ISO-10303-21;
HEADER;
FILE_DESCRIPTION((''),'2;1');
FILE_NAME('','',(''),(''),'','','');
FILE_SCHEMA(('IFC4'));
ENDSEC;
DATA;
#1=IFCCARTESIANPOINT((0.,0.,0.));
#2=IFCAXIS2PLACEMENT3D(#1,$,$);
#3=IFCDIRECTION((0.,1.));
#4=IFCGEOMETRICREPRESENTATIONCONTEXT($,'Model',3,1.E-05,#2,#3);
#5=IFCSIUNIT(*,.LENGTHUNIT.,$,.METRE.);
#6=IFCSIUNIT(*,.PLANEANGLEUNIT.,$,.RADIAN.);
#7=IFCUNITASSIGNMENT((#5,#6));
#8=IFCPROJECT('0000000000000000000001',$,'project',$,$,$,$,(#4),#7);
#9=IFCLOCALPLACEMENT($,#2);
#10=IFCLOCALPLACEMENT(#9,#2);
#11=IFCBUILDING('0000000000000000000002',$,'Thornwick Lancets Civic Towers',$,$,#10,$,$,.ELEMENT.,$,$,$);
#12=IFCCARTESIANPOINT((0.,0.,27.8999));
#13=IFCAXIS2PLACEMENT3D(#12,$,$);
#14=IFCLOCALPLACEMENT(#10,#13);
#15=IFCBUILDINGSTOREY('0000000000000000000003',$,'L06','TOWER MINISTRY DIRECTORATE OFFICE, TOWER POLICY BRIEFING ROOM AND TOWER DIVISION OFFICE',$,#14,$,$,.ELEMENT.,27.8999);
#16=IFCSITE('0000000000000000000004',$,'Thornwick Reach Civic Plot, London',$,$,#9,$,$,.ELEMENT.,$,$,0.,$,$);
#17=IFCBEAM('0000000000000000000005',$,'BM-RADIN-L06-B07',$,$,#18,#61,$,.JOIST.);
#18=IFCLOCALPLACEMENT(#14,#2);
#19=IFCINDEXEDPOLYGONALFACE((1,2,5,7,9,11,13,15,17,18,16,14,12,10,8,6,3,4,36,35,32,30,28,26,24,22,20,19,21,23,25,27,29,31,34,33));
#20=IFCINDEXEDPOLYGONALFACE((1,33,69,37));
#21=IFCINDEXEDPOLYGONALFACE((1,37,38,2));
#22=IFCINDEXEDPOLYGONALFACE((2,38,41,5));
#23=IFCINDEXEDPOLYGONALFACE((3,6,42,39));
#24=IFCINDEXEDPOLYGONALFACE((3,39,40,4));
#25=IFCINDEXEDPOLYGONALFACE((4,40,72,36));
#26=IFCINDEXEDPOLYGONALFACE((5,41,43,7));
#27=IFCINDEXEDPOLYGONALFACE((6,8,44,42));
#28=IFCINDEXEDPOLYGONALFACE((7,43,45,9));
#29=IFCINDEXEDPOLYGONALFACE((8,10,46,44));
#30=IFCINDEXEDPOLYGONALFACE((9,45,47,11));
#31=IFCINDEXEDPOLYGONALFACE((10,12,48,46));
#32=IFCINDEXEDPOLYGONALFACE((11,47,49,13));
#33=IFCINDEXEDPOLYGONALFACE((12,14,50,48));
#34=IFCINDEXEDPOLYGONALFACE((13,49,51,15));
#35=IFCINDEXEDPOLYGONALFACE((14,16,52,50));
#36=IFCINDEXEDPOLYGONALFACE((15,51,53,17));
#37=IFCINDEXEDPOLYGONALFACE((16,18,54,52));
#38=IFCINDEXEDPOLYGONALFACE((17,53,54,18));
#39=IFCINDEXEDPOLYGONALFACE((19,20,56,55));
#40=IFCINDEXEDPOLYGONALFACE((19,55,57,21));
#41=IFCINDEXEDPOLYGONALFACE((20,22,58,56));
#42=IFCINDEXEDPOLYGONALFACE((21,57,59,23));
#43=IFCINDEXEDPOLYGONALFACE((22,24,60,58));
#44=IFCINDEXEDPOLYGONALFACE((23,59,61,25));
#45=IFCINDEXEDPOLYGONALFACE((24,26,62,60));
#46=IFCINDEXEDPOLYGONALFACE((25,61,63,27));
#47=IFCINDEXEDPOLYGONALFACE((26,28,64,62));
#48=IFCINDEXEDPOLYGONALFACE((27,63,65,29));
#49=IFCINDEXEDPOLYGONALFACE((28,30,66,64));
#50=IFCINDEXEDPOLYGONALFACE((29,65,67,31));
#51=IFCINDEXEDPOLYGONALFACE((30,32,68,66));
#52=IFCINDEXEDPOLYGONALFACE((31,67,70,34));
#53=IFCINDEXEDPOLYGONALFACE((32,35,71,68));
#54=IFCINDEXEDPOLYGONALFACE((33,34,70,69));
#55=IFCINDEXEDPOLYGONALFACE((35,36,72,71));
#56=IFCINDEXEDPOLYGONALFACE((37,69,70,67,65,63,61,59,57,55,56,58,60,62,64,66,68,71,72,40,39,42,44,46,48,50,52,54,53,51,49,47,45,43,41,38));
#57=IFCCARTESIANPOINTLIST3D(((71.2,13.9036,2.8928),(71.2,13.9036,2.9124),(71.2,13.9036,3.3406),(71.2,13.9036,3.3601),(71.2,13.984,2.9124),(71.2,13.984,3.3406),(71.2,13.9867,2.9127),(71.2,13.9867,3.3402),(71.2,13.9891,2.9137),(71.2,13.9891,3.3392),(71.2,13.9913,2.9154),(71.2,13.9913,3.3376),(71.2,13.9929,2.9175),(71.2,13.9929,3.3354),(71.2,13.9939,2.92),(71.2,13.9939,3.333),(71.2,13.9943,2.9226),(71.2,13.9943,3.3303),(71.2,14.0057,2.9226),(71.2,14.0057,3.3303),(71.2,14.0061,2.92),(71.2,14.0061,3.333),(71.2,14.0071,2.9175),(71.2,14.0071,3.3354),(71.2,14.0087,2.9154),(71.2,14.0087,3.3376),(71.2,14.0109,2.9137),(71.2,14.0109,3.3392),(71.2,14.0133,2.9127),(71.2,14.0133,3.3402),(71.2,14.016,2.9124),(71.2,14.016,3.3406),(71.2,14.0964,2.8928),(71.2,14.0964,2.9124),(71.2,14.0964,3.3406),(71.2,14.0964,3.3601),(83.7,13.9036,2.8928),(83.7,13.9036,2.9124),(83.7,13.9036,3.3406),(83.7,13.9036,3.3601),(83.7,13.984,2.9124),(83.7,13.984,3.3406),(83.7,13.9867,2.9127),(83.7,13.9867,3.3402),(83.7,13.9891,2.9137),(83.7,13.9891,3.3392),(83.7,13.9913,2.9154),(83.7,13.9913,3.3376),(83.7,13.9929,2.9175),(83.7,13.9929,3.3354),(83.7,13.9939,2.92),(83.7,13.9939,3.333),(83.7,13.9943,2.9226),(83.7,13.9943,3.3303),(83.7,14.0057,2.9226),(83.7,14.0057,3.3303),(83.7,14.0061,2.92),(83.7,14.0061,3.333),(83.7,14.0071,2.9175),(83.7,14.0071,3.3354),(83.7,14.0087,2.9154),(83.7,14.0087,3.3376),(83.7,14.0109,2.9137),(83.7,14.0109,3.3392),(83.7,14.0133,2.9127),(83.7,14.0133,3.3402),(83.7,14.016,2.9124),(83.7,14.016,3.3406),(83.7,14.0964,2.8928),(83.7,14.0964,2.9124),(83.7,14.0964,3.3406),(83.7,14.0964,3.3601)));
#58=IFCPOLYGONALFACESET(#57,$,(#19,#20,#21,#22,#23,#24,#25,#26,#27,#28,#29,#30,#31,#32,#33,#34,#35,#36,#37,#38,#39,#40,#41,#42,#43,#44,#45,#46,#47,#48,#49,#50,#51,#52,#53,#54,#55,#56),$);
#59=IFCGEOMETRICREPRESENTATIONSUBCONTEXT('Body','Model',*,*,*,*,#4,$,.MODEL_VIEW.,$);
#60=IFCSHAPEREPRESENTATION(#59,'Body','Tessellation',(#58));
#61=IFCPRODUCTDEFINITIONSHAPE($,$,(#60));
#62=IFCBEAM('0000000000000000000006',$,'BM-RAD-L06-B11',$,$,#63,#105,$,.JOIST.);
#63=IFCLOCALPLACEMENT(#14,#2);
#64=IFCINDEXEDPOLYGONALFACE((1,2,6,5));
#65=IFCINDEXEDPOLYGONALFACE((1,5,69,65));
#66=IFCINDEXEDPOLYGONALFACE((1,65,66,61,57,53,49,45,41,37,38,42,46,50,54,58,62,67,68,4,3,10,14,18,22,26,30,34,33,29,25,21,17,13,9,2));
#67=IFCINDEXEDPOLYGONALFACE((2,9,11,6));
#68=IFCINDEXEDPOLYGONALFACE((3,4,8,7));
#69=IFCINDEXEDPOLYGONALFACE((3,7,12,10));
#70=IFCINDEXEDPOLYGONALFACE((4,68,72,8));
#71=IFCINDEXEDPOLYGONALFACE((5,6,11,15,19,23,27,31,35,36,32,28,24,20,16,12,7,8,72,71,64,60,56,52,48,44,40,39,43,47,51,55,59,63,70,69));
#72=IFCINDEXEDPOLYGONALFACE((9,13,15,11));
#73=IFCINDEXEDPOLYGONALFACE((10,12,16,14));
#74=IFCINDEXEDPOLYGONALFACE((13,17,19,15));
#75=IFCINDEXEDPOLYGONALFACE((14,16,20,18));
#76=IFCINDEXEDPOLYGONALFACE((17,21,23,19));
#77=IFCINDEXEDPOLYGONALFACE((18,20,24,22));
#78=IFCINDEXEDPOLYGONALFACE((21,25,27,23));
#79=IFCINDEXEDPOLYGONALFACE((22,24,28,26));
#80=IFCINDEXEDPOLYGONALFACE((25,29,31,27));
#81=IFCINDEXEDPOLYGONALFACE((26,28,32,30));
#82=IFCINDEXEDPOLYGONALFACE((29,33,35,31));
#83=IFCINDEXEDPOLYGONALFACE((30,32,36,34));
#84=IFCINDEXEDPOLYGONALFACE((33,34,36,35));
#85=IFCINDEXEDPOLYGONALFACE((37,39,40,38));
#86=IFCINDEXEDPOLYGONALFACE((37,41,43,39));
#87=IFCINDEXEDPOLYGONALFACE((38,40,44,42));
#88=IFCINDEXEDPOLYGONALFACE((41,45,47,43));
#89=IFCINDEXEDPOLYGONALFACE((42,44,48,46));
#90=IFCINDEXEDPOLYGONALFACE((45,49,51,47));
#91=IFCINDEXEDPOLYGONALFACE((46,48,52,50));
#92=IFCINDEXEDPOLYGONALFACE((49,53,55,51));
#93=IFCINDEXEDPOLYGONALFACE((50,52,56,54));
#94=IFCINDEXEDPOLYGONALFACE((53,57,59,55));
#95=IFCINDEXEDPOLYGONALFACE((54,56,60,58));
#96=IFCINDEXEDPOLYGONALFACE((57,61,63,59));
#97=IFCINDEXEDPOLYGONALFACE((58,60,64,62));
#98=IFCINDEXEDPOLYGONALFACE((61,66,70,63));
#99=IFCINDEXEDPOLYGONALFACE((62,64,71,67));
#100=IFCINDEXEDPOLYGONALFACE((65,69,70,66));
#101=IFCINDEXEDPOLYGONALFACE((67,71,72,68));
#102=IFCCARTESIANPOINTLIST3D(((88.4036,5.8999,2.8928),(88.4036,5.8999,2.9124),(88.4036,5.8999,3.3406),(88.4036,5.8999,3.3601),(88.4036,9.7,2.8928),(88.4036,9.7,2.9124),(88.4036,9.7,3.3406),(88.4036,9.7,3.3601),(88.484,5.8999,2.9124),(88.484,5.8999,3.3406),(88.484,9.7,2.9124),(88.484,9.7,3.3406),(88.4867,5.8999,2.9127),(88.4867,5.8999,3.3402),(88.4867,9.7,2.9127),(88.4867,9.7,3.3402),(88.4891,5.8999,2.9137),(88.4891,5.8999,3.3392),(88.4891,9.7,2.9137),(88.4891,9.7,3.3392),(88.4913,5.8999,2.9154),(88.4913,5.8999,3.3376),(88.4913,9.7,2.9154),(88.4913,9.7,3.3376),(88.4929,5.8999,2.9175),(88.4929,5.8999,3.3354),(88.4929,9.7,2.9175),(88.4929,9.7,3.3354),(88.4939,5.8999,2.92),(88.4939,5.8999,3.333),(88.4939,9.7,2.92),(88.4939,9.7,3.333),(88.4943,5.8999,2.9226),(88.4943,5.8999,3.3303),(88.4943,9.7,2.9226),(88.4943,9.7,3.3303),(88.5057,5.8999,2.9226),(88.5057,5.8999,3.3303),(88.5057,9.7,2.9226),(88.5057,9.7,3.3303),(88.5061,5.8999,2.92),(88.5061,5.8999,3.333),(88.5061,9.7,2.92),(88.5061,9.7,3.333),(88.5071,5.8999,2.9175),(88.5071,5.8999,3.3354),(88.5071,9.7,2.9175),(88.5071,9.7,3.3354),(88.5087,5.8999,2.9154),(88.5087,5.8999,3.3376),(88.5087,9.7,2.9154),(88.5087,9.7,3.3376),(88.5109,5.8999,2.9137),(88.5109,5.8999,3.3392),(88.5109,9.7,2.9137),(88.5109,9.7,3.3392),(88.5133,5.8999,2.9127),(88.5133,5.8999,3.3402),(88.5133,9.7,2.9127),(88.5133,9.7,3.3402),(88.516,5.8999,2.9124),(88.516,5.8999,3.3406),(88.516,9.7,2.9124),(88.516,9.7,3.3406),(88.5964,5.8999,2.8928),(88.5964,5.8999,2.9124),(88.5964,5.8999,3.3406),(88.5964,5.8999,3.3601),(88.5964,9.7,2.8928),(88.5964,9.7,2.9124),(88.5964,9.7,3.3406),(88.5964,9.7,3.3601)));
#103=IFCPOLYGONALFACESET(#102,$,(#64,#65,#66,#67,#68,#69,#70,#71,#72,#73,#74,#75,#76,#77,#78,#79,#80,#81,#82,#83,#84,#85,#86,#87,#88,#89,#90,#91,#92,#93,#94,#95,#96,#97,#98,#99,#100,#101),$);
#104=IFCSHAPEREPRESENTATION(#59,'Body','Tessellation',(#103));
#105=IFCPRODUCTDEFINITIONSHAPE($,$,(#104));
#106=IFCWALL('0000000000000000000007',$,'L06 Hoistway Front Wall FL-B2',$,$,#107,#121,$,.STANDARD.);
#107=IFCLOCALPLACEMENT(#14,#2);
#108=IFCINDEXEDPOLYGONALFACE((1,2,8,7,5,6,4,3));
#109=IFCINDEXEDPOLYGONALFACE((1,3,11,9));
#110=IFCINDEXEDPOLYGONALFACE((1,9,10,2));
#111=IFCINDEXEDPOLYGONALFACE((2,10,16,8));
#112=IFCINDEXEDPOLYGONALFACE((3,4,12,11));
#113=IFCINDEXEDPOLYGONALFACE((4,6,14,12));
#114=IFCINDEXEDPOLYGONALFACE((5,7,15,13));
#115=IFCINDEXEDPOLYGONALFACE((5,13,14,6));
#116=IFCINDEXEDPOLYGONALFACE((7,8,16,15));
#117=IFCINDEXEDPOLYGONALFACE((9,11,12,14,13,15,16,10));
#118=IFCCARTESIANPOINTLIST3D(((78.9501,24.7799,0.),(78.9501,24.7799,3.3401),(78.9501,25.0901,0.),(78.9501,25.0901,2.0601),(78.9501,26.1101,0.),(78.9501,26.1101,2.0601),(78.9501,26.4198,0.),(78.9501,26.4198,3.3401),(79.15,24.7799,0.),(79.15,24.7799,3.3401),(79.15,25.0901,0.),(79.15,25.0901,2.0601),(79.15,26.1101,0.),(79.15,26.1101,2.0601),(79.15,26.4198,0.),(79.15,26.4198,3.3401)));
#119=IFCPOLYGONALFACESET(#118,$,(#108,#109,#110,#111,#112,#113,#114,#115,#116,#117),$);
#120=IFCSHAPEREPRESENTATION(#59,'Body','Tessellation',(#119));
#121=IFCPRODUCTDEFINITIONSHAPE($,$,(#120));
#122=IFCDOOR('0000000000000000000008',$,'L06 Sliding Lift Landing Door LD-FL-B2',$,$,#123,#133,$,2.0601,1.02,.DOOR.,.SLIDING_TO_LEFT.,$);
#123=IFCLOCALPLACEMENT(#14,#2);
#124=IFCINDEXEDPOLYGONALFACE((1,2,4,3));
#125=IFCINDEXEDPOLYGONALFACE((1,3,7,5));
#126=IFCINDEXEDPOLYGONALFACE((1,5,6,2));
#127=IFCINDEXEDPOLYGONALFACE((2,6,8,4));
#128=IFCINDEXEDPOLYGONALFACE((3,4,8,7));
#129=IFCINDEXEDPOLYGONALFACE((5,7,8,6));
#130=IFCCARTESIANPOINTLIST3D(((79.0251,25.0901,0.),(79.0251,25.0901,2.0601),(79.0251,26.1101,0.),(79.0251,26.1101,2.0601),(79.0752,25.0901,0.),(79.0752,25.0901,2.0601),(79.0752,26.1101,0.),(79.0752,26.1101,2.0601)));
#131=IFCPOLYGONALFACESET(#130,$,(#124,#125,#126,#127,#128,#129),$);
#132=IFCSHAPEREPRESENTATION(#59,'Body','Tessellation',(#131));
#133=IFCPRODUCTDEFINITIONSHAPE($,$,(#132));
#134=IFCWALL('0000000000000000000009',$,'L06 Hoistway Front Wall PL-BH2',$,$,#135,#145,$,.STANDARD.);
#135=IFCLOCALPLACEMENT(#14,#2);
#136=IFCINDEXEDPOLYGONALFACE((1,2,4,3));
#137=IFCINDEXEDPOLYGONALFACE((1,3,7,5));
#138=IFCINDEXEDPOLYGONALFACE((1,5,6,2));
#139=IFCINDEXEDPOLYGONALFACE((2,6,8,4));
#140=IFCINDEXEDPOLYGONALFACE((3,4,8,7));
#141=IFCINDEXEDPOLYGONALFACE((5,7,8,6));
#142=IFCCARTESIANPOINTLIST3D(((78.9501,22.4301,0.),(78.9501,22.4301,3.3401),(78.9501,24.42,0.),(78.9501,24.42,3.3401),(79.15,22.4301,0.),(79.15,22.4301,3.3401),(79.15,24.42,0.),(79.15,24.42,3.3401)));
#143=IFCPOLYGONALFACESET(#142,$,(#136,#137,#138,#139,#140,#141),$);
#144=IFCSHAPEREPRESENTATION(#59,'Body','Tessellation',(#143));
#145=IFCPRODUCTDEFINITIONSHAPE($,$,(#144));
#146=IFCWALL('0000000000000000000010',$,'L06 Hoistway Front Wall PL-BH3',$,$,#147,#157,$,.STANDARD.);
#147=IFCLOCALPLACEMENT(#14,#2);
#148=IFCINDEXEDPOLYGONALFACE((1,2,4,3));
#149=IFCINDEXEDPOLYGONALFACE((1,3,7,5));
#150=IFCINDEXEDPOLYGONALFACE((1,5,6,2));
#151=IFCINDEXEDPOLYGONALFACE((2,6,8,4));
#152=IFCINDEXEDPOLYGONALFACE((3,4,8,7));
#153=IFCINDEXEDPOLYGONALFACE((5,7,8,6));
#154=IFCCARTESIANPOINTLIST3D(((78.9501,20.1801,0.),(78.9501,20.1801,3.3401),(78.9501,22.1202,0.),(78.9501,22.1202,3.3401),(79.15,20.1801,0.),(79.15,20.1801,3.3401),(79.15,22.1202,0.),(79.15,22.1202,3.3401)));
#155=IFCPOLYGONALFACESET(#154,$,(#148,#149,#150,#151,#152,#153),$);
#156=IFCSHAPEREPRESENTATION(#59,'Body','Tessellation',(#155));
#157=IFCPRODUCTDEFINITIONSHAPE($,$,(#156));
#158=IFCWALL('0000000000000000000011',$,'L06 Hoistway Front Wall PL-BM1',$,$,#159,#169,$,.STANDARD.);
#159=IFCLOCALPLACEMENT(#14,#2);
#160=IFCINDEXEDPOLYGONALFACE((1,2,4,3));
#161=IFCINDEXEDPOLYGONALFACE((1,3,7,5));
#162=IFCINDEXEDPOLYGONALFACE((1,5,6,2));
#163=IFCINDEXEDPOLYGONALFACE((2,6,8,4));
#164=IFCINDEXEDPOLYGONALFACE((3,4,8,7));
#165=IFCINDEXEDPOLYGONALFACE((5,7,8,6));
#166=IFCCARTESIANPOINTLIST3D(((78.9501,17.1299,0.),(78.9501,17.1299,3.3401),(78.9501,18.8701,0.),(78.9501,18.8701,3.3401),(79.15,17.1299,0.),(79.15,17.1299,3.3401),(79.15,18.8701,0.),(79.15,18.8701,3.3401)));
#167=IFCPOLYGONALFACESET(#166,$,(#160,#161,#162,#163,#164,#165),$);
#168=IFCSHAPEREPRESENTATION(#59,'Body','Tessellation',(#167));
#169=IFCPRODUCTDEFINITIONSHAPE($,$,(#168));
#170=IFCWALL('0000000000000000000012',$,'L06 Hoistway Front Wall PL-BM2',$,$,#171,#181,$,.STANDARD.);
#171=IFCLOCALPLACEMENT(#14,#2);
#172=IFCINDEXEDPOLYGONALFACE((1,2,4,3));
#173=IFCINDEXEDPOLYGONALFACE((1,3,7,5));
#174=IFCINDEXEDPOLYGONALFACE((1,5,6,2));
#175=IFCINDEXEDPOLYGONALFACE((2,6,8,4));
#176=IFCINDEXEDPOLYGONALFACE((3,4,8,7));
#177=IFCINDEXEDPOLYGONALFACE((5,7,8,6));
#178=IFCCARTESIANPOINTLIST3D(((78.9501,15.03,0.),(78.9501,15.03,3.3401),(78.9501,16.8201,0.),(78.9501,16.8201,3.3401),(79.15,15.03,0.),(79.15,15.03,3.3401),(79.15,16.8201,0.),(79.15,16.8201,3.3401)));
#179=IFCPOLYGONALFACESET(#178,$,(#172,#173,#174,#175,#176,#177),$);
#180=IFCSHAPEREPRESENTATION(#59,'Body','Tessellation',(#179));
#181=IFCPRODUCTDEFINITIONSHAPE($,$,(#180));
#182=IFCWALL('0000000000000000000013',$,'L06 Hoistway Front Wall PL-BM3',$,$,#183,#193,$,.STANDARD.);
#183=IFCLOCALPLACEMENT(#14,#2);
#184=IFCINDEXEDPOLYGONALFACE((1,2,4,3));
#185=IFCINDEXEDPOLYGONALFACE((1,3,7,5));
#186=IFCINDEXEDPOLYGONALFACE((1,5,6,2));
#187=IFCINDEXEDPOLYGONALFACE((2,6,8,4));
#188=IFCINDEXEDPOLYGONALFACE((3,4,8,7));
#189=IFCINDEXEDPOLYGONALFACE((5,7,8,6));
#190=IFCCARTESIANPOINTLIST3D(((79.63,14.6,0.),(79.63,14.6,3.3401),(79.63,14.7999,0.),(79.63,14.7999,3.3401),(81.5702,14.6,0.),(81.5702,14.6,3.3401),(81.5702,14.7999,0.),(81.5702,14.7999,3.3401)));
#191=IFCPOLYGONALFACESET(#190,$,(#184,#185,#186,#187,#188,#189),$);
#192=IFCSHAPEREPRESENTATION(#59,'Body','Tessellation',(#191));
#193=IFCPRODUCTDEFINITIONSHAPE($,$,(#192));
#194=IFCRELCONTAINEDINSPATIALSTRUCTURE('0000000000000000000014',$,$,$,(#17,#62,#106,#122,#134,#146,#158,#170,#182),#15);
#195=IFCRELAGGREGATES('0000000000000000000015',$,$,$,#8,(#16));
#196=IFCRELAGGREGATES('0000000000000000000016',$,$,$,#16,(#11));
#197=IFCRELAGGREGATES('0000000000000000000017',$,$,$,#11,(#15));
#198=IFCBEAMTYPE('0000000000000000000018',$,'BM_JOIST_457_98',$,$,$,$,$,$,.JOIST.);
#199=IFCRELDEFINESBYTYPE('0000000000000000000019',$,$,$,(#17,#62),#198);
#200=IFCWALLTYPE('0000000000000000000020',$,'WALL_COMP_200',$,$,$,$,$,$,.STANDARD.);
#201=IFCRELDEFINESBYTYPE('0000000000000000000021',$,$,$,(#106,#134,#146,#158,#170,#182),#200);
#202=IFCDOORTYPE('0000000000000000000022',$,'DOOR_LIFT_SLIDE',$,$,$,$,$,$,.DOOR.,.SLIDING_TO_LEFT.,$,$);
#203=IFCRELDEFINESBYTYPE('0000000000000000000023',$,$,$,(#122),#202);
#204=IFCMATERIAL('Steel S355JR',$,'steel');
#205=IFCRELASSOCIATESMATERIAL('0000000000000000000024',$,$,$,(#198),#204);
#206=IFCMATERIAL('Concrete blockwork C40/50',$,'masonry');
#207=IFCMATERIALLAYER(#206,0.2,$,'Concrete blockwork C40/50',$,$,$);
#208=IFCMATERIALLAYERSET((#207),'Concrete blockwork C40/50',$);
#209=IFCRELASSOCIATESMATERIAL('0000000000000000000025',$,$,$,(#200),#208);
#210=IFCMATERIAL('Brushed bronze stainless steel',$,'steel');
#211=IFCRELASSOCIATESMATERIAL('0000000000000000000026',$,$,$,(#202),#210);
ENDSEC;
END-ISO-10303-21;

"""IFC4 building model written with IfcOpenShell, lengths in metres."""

from ifc_helpers import new_model, si_unit, direction, frame, frame_2d, origin, origin_2d, place, context, subcontext, project, spatial, rectangle, i_section, extrude, material, layer, layer_set, material_profile, profile_set, type_object, element, fill, save


model = new_model("IFC4")

# Units and contexts
model_context = context("Model", 3, precision=1e-05, world=origin(), true_north=direction((0.0, 1.0)))
body_context = subcontext(model_context, "Body", "Model", "MODEL_VIEW")
ifc_project = project(units=[si_unit("LENGTHUNIT", "METRE"), si_unit("PLANEANGLEUNIT", "RADIAN")], contexts=[model_context])

# Site, building, storey
site_placement = place(None, origin())
site = spatial("IfcSite", under=ifc_project, at=site_placement, Name="Thornwick Reach Civic Plot, London", CompositionType="ELEMENT", RefElevation=0.0)
building_placement = place(site_placement, origin())
building = spatial("IfcBuilding", under=site, at=building_placement, Name="Thornwick Lancets Civic Towers", CompositionType="ELEMENT")
storey_placement = place(building_placement, frame((0.0, 0.0, 27.8999)))
storey = spatial("IfcBuildingStorey", under=building, at=storey_placement, Name="L06", Description="TOWER MINISTRY DIRECTORATE OFFICE, TOWER POLICY BRIEFING ROOM AND TOWER DIVISION OFFICE", CompositionType="ELEMENT", Elevation=27.8999)

# Beams
ifc_material_1 = material(Name="Steel S355JR", Category="steel")
ifc_material_profile_1 = material_profile(ifc_material_1, i_section(OverallWidth=0.1929, OverallDepth=0.4673, WebThickness=0.0115, FlangeThickness=0.0195, FilletRadius=0.0103, at=origin_2d()), Name="UKB 457x191x98")
ifc_profile_set_1 = profile_set([ifc_material_profile_1], Name="Steel S355JR")
beam_type_1 = type_object("IfcBeamType", Name="BM_JOIST_457_98", PredefinedType="JOIST", material=ifc_profile_set_1)
beam_1_placement = place(storey_placement, frame((83.7, 14.0, 3.1265), z_axis=(-1.0, 0.0, 0.0), x_axis=(0.0, -1.0, 0.0)))
element("IfcBeam", 1, at=beam_1_placement, inside=storey, type_object=beam_type_1, Name="BM-RADIN-L06-B07", PredefinedType="JOIST", context=body_context, shape_type="SweptSolid", body=[
    extrude(i_section(OverallWidth=0.1929, OverallDepth=0.4673, WebThickness=0.0115, FlangeThickness=0.0195, FilletRadius=0.0103, at=origin_2d()), origin(), (0.0, 0.0, 1.0), 12.5),
])
beam_2_placement = place(storey_placement, frame((88.5, 9.7, 3.1265), z_axis=(0.0, -1.0, 0.0), x_axis=(1.0, 0.0, 0.0)))
element("IfcBeam", 2, at=beam_2_placement, inside=storey, type_object=beam_type_1, Name="BM-RAD-L06-B11", PredefinedType="JOIST", context=body_context, shape_type="SweptSolid", body=[
    extrude(i_section(OverallWidth=0.1929, OverallDepth=0.4673, WebThickness=0.0115, FlangeThickness=0.0195, FilletRadius=0.0103, at=origin_2d()), origin(), (0.0, 0.0, 1.0), 3.8),
])

# Wall, opening, door
ifc_material_2 = material(Name="Concrete blockwork C40/50", Category="masonry")
ifc_layer_1 = layer(ifc_material_2, 0.2, Name="Concrete blockwork C40/50")
ifc_layer_set_1 = layer_set([ifc_layer_1], Name="Concrete blockwork C40/50")
wall_type_1 = type_object("IfcWallType", Name="WALL_COMP_200", PredefinedType="STANDARD", material=ifc_layer_set_1)
wall_1_placement = place(storey_placement, frame((79.05, 24.78, 0.0), z_axis=(0.0, 0.0, 1.0), x_axis=(0.0, 1.0, 0.0)))
wall_1 = element("IfcWall", 3, at=wall_1_placement, inside=storey, type_object=wall_type_1, Name="L06 Hoistway Front Wall FL-B2", PredefinedType="STANDARD", context=body_context, shape_type="SweptSolid", body=[
    extrude(rectangle(XDim=1.6399, YDim=0.2, at=frame_2d((0.8198, 0.0))), origin(), (0.0, 0.0, 1.0), 3.3401),
])
opening_1_placement = place(wall_1_placement, frame((0.3101, 0.0, 0.0)))
opening_1 = element("IfcOpeningElement", 4, at=opening_1_placement, cuts=wall_1, PredefinedType="OPENING", context=body_context, shape_type="SweptSolid", body=[
    extrude(rectangle(XDim=1.02, YDim=2.0601, at=frame_2d((0.51, 1.03))), frame((0.0, 0.1099, 0.0), z_axis=(0.0, -1.0, 0.0), x_axis=(1.0, 0.0, 0.0)), (0.0, 0.0, 1.0), 0.22),
])
ifc_material_3 = material(Name="Brushed bronze stainless steel", Category="steel")
door_type_1 = type_object("IfcDoorType", Name="DOOR_LIFT_SLIDE", OperationType="SLIDING_TO_LEFT", PredefinedType="DOOR", material=ifc_material_3)
door_1_placement = place(opening_1_placement, origin())
door_1 = element("IfcDoor", 5, at=door_1_placement, inside=storey, type_object=door_type_1, Name="L06 Sliding Lift Landing Door LD-FL-B2", OperationType="SLIDING_TO_LEFT", OverallHeight=2.0601, OverallWidth=1.02, PredefinedType="DOOR", context=body_context, shape_type="SweptSolid", body=[
    extrude(rectangle(XDim=1.02, YDim=2.0601, at=frame_2d((0.51, 1.03))), frame((0.0, 0.0249, 0.0), z_axis=(0.0, -1.0, 0.0), x_axis=(1.0, 0.0, 0.0)), (0.0, 0.0, 1.0), 0.05),
])
fill(opening_1, door_1)

# Walls
wall_2_placement = place(storey_placement, frame((79.05, 22.4299, 0.0), z_axis=(0.0, 0.0, 1.0), x_axis=(0.0, 1.0, 0.0)))
element("IfcWall", 6, at=wall_2_placement, inside=storey, type_object=wall_type_1, Name="L06 Hoistway Front Wall PL-BH2", PredefinedType="STANDARD", context=body_context, shape_type="SweptSolid", body=[
    extrude(rectangle(XDim=1.99, YDim=0.2, at=frame_2d((0.9951, 0.0))), origin(), (0.0, 0.0, 1.0), 3.3401),
])
wall_3_placement = place(storey_placement, frame((79.05, 20.1799, 0.0), z_axis=(0.0, 0.0, 1.0), x_axis=(0.0, 1.0, 0.0)))
element("IfcWall", 7, at=wall_3_placement, inside=storey, type_object=wall_type_1, Name="L06 Hoistway Front Wall PL-BH3", PredefinedType="STANDARD", context=body_context, shape_type="SweptSolid", body=[
    extrude(rectangle(XDim=1.9402, YDim=0.2, at=frame_2d((0.9702, 0.0))), origin(), (0.0, 0.0, 1.0), 3.3401),
])
wall_4_placement = place(storey_placement, frame((79.05, 17.1299, 0.0), z_axis=(0.0, 0.0, 1.0), x_axis=(0.0, 1.0, 0.0)))
element("IfcWall", 8, at=wall_4_placement, inside=storey, type_object=wall_type_1, Name="L06 Hoistway Front Wall PL-BM1", PredefinedType="STANDARD", context=body_context, shape_type="SweptSolid", body=[
    extrude(rectangle(XDim=1.7402, YDim=0.2, at=frame_2d((0.8701, 0.0))), origin(), (0.0, 0.0, 1.0), 3.3401),
])
wall_5_placement = place(storey_placement, frame((79.05, 15.03, 0.0), z_axis=(0.0, 0.0, 1.0), x_axis=(0.0, 1.0, 0.0)))
element("IfcWall", 9, at=wall_5_placement, inside=storey, type_object=wall_type_1, Name="L06 Hoistway Front Wall PL-BM2", PredefinedType="STANDARD", context=body_context, shape_type="SweptSolid", body=[
    extrude(rectangle(XDim=1.79, YDim=0.2, at=frame_2d((0.895, 0.0))), origin(), (0.0, 0.0, 1.0), 3.3401),
])
wall_6_placement = place(storey_placement, frame((79.6299, 14.7, 0.0), z_axis=(0.0, 0.0, 1.0), x_axis=(1.0, 0.0, 0.0)))
element("IfcWall", 10, at=wall_6_placement, inside=storey, type_object=wall_type_1, Name="L06 Hoistway Front Wall PL-BM3", PredefinedType="STANDARD", context=body_context, shape_type="SweptSolid", body=[
    extrude(rectangle(XDim=1.9402, YDim=0.2, at=frame_2d((0.9702, 0.0))), origin(), (0.0, 0.0, 1.0), 3.3401),
])

save(model, "model.ifc")
